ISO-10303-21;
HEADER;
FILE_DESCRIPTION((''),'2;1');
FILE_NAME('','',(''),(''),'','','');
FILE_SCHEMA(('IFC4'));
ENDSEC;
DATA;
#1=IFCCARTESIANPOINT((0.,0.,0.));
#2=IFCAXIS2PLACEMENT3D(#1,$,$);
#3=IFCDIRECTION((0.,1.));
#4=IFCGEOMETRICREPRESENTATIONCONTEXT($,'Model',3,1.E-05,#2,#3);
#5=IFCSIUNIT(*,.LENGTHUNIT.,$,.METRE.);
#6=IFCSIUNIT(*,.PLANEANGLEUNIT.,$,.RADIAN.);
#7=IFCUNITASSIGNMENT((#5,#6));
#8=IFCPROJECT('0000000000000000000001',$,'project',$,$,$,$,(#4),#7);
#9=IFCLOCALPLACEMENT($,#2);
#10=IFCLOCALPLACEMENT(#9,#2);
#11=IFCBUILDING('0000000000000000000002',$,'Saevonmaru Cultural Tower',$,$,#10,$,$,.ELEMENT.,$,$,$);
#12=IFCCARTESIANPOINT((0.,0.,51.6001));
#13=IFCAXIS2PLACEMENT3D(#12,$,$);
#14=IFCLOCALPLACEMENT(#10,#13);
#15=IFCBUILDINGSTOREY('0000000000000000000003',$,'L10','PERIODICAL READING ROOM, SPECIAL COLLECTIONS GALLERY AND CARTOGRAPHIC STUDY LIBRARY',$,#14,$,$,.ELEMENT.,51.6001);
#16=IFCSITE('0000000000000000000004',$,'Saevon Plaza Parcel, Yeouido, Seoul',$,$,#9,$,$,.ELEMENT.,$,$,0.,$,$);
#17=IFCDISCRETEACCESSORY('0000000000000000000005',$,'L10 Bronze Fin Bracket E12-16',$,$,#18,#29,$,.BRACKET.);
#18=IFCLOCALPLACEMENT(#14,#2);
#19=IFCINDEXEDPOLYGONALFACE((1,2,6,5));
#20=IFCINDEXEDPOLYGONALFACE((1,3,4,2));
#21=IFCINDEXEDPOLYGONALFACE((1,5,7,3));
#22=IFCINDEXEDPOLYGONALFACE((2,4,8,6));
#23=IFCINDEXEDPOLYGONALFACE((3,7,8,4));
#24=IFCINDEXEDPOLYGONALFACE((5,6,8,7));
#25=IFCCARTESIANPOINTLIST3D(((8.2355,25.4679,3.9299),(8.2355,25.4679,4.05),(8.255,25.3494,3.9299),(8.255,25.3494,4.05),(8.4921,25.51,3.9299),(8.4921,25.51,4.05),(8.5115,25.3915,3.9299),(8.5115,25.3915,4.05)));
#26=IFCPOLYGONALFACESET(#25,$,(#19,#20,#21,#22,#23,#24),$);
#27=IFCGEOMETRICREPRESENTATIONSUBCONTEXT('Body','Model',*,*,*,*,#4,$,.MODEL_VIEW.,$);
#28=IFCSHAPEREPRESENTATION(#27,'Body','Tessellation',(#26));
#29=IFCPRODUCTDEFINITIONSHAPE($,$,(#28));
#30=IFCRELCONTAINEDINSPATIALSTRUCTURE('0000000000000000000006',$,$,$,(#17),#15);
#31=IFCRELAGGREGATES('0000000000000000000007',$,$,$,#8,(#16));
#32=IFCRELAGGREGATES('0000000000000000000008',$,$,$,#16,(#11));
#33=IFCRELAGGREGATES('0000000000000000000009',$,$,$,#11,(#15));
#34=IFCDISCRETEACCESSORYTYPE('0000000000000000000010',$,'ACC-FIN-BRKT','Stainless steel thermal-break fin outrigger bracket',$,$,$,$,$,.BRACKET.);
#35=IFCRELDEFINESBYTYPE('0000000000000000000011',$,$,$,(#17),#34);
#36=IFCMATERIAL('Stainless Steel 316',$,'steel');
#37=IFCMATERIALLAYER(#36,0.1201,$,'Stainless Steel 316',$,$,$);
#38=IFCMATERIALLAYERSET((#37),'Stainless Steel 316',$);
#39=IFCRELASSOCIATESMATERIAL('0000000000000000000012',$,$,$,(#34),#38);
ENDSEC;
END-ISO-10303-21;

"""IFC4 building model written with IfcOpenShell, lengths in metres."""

from ifc_helpers import new_model, si_unit, direction, frame, origin, origin_2d, place, context, subcontext, project, spatial, rectangle, extrude, material, layer, layer_set, type_object, element, save


model = new_model("IFC4")

# Units and contexts
model_context = context("Model", 3, precision=1e-05, world=origin(), true_north=direction((0.0, 1.0)))
body_context = subcontext(model_context, "Body", "Model", "MODEL_VIEW")
ifc_project = project(units=[si_unit("LENGTHUNIT", "METRE"), si_unit("PLANEANGLEUNIT", "RADIAN")], contexts=[model_context])

# Site, building, storey
site_placement = place(None, origin())
site = spatial("IfcSite", under=ifc_project, at=site_placement, Name="Saevon Plaza Parcel, Yeouido, Seoul", CompositionType="ELEMENT", RefElevation=0.0)
building_placement = place(site_placement, origin())
building = spatial("IfcBuilding", under=site, at=building_placement, Name="Saevonmaru Cultural Tower", CompositionType="ELEMENT")
storey_placement = place(building_placement, frame((0.0, 0.0, 51.6001)))
storey = spatial("IfcBuildingStorey", under=building, at=storey_placement, Name="L10", Description="PERIODICAL READING ROOM, SPECIAL COLLECTIONS GALLERY AND CARTOGRAPHIC STUDY LIBRARY", CompositionType="ELEMENT", Elevation=51.6001)

# Discrete accessory
ifc_material_1 = material(Name="Stainless Steel 316", Category="steel")
ifc_layer_1 = layer(ifc_material_1, 0.1201, Name="Stainless Steel 316")
ifc_layer_set_1 = layer_set([ifc_layer_1], Name="Stainless Steel 316")
discrete_accessory_type = type_object("IfcDiscreteAccessoryType", Name="ACC-FIN-BRKT", Description="Stainless steel thermal-break fin outrigger bracket", PredefinedType="BRACKET", material=ifc_layer_set_1)
for number, where, z_axis, x_axis, name in (
    (1, (8.3735, 25.4297, 3.9299), (0.0, 0.0, 1.0), (-0.986827, -0.161776, 0.0), "L10 Bronze Fin Bracket E12-16"),
):
    element("IfcDiscreteAccessory", number, at=place(storey_placement, frame(where, z_axis=z_axis, x_axis=x_axis)), inside=storey, type_object=discrete_accessory_type, Name=name, PredefinedType="BRACKET", context=body_context, shape_type="SweptSolid", body=[
        extrude(rectangle(XDim=0.26, YDim=0.1201, at=origin_2d()), origin(), (0.0, 0.0, 1.0), 0.1201),
    ])

save(model, "model.ifc")
